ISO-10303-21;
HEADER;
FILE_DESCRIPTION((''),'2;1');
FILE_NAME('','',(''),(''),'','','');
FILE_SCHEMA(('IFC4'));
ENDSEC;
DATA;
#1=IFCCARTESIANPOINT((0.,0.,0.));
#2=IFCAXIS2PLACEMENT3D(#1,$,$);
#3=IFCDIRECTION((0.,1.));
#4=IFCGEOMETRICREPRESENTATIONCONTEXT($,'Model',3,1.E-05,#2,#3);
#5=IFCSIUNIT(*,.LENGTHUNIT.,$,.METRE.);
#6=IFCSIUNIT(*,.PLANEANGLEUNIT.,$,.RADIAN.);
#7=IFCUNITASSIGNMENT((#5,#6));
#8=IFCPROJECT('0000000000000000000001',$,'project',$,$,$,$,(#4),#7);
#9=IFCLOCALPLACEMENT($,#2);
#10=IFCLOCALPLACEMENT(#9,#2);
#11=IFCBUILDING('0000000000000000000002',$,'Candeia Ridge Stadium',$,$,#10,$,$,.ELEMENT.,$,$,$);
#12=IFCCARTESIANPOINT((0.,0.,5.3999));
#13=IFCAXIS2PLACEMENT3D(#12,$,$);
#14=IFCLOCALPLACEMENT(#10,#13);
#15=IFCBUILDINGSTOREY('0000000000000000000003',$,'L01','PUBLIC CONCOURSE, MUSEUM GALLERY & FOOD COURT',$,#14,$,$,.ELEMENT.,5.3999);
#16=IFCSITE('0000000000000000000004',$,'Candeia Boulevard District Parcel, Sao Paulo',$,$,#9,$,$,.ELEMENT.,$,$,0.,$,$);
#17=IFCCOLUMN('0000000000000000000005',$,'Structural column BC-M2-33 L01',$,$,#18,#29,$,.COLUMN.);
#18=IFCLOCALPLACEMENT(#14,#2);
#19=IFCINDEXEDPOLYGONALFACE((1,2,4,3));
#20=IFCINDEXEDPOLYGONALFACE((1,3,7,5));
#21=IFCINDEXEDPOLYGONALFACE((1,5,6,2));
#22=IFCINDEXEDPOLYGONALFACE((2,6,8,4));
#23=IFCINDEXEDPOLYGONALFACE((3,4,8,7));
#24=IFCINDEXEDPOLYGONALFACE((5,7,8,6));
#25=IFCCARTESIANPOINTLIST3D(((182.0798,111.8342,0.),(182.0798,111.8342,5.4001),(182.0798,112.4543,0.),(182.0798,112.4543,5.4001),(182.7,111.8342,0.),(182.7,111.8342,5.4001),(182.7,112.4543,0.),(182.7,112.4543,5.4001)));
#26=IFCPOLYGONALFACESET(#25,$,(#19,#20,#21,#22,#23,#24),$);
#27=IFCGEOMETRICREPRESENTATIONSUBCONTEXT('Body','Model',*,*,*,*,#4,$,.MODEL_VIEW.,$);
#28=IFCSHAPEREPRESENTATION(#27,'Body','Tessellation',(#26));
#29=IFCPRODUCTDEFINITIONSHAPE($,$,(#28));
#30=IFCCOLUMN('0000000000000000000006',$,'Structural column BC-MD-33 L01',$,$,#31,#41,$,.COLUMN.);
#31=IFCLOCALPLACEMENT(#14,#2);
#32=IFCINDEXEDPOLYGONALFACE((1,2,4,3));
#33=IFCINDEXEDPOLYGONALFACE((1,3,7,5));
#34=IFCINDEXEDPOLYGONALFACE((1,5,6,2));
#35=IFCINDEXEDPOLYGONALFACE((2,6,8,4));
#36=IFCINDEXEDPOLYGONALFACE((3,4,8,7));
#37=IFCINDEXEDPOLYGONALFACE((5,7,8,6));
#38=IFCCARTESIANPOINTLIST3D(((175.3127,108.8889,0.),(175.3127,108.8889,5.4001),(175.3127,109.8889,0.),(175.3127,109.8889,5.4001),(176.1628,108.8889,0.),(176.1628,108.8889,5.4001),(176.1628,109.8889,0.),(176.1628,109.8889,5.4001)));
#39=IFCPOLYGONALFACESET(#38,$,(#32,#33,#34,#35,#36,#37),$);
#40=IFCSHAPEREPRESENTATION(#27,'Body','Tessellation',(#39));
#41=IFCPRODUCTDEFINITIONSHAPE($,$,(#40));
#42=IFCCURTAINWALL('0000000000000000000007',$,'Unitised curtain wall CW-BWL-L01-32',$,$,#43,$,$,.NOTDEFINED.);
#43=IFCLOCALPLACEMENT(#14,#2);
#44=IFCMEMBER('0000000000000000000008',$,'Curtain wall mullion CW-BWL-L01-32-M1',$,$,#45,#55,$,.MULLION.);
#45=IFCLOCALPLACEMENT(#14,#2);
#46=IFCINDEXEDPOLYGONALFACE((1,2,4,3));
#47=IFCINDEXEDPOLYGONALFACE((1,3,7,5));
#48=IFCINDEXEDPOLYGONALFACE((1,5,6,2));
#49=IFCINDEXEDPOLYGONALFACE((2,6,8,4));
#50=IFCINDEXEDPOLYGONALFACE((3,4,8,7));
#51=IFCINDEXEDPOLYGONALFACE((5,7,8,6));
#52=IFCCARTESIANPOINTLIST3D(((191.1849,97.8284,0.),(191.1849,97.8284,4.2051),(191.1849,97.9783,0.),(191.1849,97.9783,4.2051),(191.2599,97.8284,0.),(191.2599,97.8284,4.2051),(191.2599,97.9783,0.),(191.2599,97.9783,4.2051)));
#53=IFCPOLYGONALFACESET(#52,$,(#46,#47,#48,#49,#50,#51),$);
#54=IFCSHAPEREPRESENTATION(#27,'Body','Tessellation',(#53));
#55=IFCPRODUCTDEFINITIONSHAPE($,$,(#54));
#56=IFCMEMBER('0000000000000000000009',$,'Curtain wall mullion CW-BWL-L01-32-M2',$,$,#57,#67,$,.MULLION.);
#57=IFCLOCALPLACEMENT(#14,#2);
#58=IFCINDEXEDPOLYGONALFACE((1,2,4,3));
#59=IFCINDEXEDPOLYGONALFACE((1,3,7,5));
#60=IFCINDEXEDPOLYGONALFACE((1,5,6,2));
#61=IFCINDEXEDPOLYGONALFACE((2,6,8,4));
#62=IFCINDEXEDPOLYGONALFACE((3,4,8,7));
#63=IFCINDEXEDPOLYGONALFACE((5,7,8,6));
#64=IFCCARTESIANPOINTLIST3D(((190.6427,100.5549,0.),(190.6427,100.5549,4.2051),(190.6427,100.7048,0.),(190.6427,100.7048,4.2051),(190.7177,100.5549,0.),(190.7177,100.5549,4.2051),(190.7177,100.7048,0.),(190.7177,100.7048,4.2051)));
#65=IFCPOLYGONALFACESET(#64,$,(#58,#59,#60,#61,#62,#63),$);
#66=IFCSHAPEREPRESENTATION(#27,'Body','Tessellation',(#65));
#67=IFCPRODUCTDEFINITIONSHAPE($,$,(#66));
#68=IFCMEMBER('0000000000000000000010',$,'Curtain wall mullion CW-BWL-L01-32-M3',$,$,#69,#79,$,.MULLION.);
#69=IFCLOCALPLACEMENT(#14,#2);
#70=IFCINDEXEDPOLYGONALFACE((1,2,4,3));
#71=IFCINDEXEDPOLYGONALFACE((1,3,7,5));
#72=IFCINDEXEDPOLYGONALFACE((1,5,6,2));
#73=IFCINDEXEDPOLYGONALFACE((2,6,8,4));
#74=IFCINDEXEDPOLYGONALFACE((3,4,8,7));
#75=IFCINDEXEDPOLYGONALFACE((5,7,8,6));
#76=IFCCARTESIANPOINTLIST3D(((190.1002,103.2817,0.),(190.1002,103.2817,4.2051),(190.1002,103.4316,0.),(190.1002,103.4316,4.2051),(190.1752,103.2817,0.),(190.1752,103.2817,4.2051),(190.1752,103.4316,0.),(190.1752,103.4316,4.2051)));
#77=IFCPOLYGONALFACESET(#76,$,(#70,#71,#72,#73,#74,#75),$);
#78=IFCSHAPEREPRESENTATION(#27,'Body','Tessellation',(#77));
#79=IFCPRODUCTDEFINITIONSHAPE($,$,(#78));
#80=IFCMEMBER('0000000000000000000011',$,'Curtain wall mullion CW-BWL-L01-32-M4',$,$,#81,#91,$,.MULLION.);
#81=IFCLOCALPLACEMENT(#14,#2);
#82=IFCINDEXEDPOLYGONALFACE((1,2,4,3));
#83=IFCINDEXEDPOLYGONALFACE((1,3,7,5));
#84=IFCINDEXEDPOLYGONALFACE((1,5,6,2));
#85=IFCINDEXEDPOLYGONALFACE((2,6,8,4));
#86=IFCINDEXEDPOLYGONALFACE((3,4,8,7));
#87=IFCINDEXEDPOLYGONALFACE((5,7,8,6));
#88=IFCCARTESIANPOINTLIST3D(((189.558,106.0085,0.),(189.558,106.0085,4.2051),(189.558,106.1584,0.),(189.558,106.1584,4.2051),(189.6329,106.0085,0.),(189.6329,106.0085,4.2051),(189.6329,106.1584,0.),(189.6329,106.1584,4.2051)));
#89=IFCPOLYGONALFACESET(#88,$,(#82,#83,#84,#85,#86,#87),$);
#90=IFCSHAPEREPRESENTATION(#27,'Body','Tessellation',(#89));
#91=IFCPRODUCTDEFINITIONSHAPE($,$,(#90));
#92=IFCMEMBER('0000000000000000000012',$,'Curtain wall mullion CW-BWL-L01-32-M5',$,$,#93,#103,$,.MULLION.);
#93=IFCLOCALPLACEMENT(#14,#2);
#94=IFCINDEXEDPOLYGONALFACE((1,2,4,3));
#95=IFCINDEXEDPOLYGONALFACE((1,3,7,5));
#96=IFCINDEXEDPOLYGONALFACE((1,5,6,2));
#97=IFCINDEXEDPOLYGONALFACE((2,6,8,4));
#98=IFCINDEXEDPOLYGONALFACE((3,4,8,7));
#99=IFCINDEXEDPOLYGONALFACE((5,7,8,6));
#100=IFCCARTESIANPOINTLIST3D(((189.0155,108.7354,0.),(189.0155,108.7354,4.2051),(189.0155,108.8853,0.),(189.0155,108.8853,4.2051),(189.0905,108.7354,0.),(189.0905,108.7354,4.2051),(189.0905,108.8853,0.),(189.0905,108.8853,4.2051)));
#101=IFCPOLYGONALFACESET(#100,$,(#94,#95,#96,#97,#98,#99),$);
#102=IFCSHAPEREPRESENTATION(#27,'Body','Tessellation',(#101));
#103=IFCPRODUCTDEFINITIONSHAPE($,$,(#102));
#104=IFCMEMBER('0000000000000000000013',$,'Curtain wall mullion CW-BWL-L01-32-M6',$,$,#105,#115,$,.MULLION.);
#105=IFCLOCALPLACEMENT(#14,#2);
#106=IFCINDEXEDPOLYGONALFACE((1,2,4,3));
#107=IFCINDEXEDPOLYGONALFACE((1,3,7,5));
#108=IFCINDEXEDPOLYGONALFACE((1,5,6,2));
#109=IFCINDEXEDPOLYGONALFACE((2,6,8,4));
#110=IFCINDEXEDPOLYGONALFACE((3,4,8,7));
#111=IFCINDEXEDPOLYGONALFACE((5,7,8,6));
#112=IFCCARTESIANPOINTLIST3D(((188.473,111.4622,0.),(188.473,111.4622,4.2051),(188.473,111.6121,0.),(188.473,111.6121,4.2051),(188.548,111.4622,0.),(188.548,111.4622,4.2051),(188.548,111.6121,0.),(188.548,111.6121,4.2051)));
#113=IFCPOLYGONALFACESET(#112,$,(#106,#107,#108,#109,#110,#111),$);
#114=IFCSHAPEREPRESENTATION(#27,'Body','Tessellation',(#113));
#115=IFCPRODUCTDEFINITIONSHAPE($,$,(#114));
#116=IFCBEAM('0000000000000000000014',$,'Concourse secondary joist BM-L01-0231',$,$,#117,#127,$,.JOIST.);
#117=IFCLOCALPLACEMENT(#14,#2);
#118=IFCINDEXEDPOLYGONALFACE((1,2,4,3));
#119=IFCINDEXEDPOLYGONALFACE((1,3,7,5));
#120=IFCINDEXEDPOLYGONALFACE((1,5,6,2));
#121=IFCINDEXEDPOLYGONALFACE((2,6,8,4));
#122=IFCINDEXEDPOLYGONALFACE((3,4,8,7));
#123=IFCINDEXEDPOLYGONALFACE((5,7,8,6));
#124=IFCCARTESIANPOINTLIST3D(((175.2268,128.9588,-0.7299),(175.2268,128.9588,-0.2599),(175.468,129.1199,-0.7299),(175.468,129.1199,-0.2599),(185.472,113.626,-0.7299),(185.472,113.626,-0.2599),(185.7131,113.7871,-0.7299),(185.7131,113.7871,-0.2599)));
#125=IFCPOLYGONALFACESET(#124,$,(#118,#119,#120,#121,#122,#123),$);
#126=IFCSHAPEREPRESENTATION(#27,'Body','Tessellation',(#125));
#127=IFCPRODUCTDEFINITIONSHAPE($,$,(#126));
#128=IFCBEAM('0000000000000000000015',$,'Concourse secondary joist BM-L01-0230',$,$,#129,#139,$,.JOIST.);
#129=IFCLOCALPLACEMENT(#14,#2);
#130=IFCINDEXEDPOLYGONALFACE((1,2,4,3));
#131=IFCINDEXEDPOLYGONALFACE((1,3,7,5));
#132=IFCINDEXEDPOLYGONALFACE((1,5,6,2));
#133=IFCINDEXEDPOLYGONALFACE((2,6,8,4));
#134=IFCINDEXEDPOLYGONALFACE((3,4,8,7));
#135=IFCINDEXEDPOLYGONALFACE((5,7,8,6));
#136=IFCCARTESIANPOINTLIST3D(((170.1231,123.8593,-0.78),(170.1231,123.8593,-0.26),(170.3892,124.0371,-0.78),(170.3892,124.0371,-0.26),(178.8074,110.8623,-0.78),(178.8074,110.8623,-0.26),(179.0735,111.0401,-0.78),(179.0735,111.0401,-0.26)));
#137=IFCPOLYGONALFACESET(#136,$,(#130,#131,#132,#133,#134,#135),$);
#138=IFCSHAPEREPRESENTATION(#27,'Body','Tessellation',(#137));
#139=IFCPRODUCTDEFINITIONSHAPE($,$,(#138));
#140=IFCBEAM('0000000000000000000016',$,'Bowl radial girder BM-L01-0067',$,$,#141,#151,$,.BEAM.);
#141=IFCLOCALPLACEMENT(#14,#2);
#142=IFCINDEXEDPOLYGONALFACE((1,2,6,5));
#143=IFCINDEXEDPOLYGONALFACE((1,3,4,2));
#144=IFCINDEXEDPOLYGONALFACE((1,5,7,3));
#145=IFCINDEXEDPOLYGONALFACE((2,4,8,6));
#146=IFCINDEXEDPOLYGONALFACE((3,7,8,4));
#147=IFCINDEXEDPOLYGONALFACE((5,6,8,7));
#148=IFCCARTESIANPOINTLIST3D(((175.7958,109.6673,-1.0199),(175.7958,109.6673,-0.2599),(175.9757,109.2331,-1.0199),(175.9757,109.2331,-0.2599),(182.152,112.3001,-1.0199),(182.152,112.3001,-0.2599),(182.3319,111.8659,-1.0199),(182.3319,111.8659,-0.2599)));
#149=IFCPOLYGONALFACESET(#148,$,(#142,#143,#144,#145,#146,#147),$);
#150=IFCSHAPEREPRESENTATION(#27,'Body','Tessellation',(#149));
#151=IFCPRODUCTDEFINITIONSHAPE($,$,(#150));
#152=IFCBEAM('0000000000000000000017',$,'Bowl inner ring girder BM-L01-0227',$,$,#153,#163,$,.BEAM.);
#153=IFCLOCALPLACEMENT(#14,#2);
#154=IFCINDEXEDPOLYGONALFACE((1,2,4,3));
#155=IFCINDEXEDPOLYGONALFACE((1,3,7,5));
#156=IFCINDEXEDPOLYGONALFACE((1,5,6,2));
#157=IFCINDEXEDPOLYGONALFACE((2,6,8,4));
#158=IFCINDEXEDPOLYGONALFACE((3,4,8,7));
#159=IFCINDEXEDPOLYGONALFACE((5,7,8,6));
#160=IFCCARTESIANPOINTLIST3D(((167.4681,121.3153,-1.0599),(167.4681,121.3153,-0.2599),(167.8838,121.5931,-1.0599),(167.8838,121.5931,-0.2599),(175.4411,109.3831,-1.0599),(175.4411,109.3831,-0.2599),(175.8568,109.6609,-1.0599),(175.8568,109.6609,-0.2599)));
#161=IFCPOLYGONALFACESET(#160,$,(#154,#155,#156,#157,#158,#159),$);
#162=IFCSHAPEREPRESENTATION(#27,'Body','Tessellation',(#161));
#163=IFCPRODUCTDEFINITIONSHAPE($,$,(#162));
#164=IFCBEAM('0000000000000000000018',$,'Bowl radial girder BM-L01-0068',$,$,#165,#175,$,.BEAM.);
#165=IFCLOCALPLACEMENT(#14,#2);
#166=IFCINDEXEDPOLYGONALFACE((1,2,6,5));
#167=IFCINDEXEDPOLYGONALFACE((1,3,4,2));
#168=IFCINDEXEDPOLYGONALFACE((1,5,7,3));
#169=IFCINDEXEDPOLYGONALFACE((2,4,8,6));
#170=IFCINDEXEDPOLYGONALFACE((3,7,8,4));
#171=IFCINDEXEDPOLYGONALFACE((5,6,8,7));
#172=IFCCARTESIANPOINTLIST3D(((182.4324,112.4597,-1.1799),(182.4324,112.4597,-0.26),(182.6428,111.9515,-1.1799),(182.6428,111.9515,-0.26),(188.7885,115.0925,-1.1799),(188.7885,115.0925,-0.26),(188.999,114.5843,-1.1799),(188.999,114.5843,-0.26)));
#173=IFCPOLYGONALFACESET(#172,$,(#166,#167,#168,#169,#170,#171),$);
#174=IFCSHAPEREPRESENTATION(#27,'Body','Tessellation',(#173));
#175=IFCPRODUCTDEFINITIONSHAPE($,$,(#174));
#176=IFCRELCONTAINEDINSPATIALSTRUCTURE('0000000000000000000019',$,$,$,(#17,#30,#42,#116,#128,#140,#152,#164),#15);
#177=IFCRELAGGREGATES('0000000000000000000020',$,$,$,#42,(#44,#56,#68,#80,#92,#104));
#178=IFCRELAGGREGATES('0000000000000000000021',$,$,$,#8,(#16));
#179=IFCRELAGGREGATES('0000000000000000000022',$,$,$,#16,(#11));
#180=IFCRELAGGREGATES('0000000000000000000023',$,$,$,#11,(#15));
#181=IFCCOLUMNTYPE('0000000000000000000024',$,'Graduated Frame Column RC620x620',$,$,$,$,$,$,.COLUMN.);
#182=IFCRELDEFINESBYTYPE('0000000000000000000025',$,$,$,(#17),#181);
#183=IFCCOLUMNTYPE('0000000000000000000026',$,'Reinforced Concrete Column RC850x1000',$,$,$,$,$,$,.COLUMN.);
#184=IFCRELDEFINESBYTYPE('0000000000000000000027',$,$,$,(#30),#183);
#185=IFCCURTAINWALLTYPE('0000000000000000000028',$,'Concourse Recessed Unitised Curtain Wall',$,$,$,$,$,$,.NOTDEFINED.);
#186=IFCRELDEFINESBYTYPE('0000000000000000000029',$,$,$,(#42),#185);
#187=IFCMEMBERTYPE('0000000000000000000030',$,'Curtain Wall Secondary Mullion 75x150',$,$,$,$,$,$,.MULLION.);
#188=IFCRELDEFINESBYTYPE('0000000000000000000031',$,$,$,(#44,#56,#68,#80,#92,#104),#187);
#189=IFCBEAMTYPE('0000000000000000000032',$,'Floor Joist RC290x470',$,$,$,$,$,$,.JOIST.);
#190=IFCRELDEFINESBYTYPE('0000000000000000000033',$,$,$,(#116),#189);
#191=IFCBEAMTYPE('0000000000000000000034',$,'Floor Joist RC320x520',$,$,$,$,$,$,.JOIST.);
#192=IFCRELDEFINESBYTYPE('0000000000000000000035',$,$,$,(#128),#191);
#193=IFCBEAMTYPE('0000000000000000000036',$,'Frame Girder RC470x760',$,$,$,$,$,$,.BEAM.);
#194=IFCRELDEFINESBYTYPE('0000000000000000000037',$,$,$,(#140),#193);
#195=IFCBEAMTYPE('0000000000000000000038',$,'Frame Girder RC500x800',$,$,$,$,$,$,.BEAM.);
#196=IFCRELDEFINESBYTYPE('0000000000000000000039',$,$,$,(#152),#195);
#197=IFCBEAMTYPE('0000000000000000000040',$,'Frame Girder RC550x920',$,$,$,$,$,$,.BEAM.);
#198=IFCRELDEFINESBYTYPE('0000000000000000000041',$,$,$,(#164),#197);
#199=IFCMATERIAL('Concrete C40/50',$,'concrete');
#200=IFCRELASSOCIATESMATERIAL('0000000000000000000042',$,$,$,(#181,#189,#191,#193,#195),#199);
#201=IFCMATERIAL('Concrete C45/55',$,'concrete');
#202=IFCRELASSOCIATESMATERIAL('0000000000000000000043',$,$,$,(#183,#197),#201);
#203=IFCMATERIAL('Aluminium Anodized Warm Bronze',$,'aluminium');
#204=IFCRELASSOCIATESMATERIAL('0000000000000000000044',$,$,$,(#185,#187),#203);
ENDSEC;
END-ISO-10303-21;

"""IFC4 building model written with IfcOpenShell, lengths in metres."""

from ifc_helpers import new_model, si_unit, direction, frame, origin, origin_2d, place, context, subcontext, project, spatial, rectangle, extrude, material, material_profile, profile_set, type_object, element, aggregate, save


model = new_model("IFC4")

# Units and contexts
model_context = context("Model", 3, precision=1e-05, world=origin(), true_north=direction((0.0, 1.0)))
body_context = subcontext(model_context, "Body", "Model", "MODEL_VIEW")
ifc_project = project(units=[si_unit("LENGTHUNIT", "METRE"), si_unit("PLANEANGLEUNIT", "RADIAN")], contexts=[model_context])

# Site, building, storey
site_placement = place(None, origin())
site = spatial("IfcSite", under=ifc_project, at=site_placement, Name="Candeia Boulevard District Parcel, Sao Paulo", CompositionType="ELEMENT", RefElevation=0.0)
building_placement = place(site_placement, origin())
building = spatial("IfcBuilding", under=site, at=building_placement, Name="Candeia Ridge Stadium", CompositionType="ELEMENT")
storey_placement = place(building_placement, frame((0.0, 0.0, 5.3999)))
storey = spatial("IfcBuildingStorey", under=building, at=storey_placement, Name="L01", Description="PUBLIC CONCOURSE, MUSEUM GALLERY & FOOD COURT", CompositionType="ELEMENT", Elevation=5.3999)

# Columns
ifc_material_1 = material(Name="Concrete C40/50", Category="concrete")
ifc_material_profile_1 = material_profile(ifc_material_1, rectangle(XDim=0.6201, YDim=0.6201, at=origin_2d()), Name="RC620x620", Category="concrete")
ifc_profile_set_1 = profile_set([ifc_material_profile_1], Name="Concrete C40/50")
column_type_1 = type_object("IfcColumnType", Name="Graduated Frame Column RC620x620", PredefinedType="COLUMN", material=ifc_profile_set_1)
column_1_placement = place(storey_placement, frame((182.3899, 112.1443, 0.0), z_axis=(0.0, 0.0, 1.0), x_axis=(1.0, 0.0, 0.0)))
element("IfcColumn", 1, at=column_1_placement, inside=storey, type_object=column_type_1, Name="Structural column BC-M2-33 L01", PredefinedType="COLUMN", context=body_context, shape_type="SweptSolid", body=[
    extrude(rectangle(XDim=0.6201, YDim=0.6201, at=origin_2d()), origin(), (0.0, 0.0, 1.0), 5.4001),
])
ifc_material_2 = material(Name="Concrete C45/55", Category="concrete")
ifc_material_profile_2 = material_profile(ifc_material_2, rectangle(XDim=0.8501, YDim=1.0, at=origin_2d()), Name="RC850x1000", Category="concrete")
ifc_profile_set_2 = profile_set([ifc_material_profile_2], Name="Concrete C45/55")
column_type_2 = type_object("IfcColumnType", Name="Reinforced Concrete Column RC850x1000", PredefinedType="COLUMN", material=ifc_profile_set_2)
column_2_placement = place(storey_placement, frame((175.7378, 109.3889, 0.0), z_axis=(0.0, 0.0, 1.0), x_axis=(1.0, 0.0, 0.0)))
element("IfcColumn", 2, at=column_2_placement, inside=storey, type_object=column_type_2, Name="Structural column BC-MD-33 L01", PredefinedType="COLUMN", context=body_context, shape_type="SweptSolid", body=[
    extrude(rectangle(XDim=0.8501, YDim=1.0, at=origin_2d()), origin(), (0.0, 0.0, 1.0), 5.4001),
])

# Curtain wall, members
ifc_material_3 = material(Name="Aluminium Anodized Warm Bronze", Category="aluminium")
curtain_wall_type = type_object("IfcCurtainWallType", Name="Concourse Recessed Unitised Curtain Wall", PredefinedType="NOTDEFINED", material=ifc_material_3)
curtain_wall_placement = place(storey_placement, origin())
curtain_wall = element("IfcCurtainWall", 3, at=curtain_wall_placement, inside=storey, type_object=curtain_wall_type, Name="Unitised curtain wall CW-BWL-L01-32", PredefinedType="NOTDEFINED")
ifc_material_profile_3 = material_profile(ifc_material_3, rectangle(XDim=0.075, YDim=0.1499, at=origin_2d()), Name="CWM-75x150", Category="aluminium")
ifc_profile_set_3 = profile_set([ifc_material_profile_3], Name="Aluminium Anodized Warm Bronze")
member_type = type_object("IfcMemberType", Name="Curtain Wall Secondary Mullion 75x150", PredefinedType="MULLION", material=ifc_profile_set_3)
member_1_placement = place(storey_placement, frame((191.2224, 97.9033, 0.0), z_axis=(0.0, 0.0, 1.0), x_axis=(1.0, 0.0, 0.0)))
member_1 = element("IfcMember", 4, at=member_1_placement, type_object=member_type, Name="Curtain wall mullion CW-BWL-L01-32-M1", PredefinedType="MULLION", context=body_context, shape_type="SweptSolid", body=[
    extrude(rectangle(XDim=0.075, YDim=0.1499, at=origin_2d()), origin(), (0.0, 0.0, 1.0), 4.2051),
])
member_2_placement = place(storey_placement, frame((190.6802, 100.6299, 0.0), z_axis=(0.0, 0.0, 1.0), x_axis=(1.0, 0.0, 0.0)))
member_2 = element("IfcMember", 5, at=member_2_placement, type_object=member_type, Name="Curtain wall mullion CW-BWL-L01-32-M2", PredefinedType="MULLION", context=body_context, shape_type="SweptSolid", body=[
    extrude(rectangle(XDim=0.075, YDim=0.1499, at=origin_2d()), origin(), (0.0, 0.0, 1.0), 4.2051),
])
member_3_placement = place(storey_placement, frame((190.1377, 103.3567, 0.0), z_axis=(0.0, 0.0, 1.0), x_axis=(1.0, 0.0, 0.0)))
member_3 = element("IfcMember", 6, at=member_3_placement, type_object=member_type, Name="Curtain wall mullion CW-BWL-L01-32-M3", PredefinedType="MULLION", context=body_context, shape_type="SweptSolid", body=[
    extrude(rectangle(XDim=0.075, YDim=0.1499, at=origin_2d()), origin(), (0.0, 0.0, 1.0), 4.2051),
])
member_4_placement = place(storey_placement, frame((189.5955, 106.0835, 0.0), z_axis=(0.0, 0.0, 1.0), x_axis=(1.0, 0.0, 0.0)))
member_4 = element("IfcMember", 7, at=member_4_placement, type_object=member_type, Name="Curtain wall mullion CW-BWL-L01-32-M4", PredefinedType="MULLION", context=body_context, shape_type="SweptSolid", body=[
    extrude(rectangle(XDim=0.075, YDim=0.1499, at=origin_2d()), origin(), (0.0, 0.0, 1.0), 4.2051),
])
member_5_placement = place(storey_placement, frame((189.053, 108.8103, 0.0), z_axis=(0.0, 0.0, 1.0), x_axis=(1.0, 0.0, 0.0)))
member_5 = element("IfcMember", 8, at=member_5_placement, type_object=member_type, Name="Curtain wall mullion CW-BWL-L01-32-M5", PredefinedType="MULLION", context=body_context, shape_type="SweptSolid", body=[
    extrude(rectangle(XDim=0.075, YDim=0.1499, at=origin_2d()), origin(), (0.0, 0.0, 1.0), 4.2051),
])
member_6_placement = place(storey_placement, frame((188.5105, 111.5371, 0.0), z_axis=(0.0, 0.0, 1.0), x_axis=(1.0, 0.0, 0.0)))
member_6 = element("IfcMember", 9, at=member_6_placement, type_object=member_type, Name="Curtain wall mullion CW-BWL-L01-32-M6", PredefinedType="MULLION", context=body_context, shape_type="SweptSolid", body=[
    extrude(rectangle(XDim=0.075, YDim=0.1499, at=origin_2d()), origin(), (0.0, 0.0, 1.0), 4.2051),
])

# Beams
ifc_material_profile_4 = material_profile(ifc_material_1, rectangle(XDim=0.29, YDim=0.47, at=origin_2d()), Name="RC290x470", Category="concrete")
ifc_profile_set_4 = profile_set([ifc_material_profile_4], Name="Concrete C40/50")
beam_type_1 = type_object("IfcBeamType", Name="Floor Joist RC290x470", PredefinedType="JOIST", material=ifc_profile_set_4)
beam_1_placement = place(storey_placement, frame((185.5925, 113.7065, -0.4949), z_axis=(-0.555574, 0.831467, 0.0), x_axis=(-0.831467, -0.555574, 0.0)))
element("IfcBeam", 10, at=beam_1_placement, inside=storey, type_object=beam_type_1, Name="Concourse secondary joist BM-L01-0231", PredefinedType="JOIST", context=body_context, shape_type="SweptSolid", body=[
    extrude(rectangle(XDim=0.29, YDim=0.47, at=origin_2d()), origin(), (0.0, 0.0, 1.0), 18.4407),
])
ifc_material_profile_5 = material_profile(ifc_material_1, rectangle(XDim=0.3201, YDim=0.52, at=origin_2d()), Name="RC320x520", Category="concrete")
ifc_profile_set_5 = profile_set([ifc_material_profile_5], Name="Concrete C40/50")
beam_type_2 = type_object("IfcBeamType", Name="Floor Joist RC320x520", PredefinedType="JOIST", material=ifc_profile_set_5)
beam_2_placement = place(storey_placement, frame((178.9404, 110.9512, -0.52), z_axis=(-0.555569, 0.831471, 0.0), x_axis=(-0.831471, -0.555569, 0.0)))
element("IfcBeam", 11, at=beam_2_placement, inside=storey, type_object=beam_type_2, Name="Concourse secondary joist BM-L01-0230", PredefinedType="JOIST", context=body_context, shape_type="SweptSolid", body=[
    extrude(rectangle(XDim=0.3201, YDim=0.52, at=origin_2d()), origin(), (0.0, 0.0, 1.0), 15.6313),
])
ifc_material_profile_6 = material_profile(ifc_material_1, rectangle(XDim=0.47, YDim=0.76, at=origin_2d()), Name="RC470x760", Category="concrete")
ifc_profile_set_6 = profile_set([ifc_material_profile_6], Name="Concrete C40/50")
beam_type_3 = type_object("IfcBeamType", Name="Frame Girder RC470x760", PredefinedType="BEAM", material=ifc_profile_set_6)
beam_3_placement = place(storey_placement, frame((175.8857, 109.4502, -0.6399), z_axis=(0.92388, 0.382682, 0.0), x_axis=(-0.382682, 0.92388, 0.0)))
element("IfcBeam", 12, at=beam_3_placement, inside=storey, type_object=beam_type_3, Name="Bowl radial girder BM-L01-0067", PredefinedType="BEAM", context=body_context, shape_type="SweptSolid", body=[
    extrude(rectangle(XDim=0.47, YDim=0.76, at=origin_2d()), origin(), (0.0, 0.0, 1.0), 6.8799),
])
ifc_material_profile_7 = material_profile(ifc_material_1, rectangle(XDim=0.5, YDim=0.8, at=origin_2d()), Name="RC500x800", Category="concrete")
ifc_profile_set_7 = profile_set([ifc_material_profile_7], Name="Concrete C40/50")
beam_type_4 = type_object("IfcBeamType", Name="Frame Girder RC500x800", PredefinedType="BEAM", material=ifc_profile_set_7)
beam_4_placement = place(storey_placement, frame((175.6489, 109.522, -0.6599), z_axis=(-0.555575, 0.831466, 0.0), x_axis=(-0.831466, -0.555575, 0.0)))
element("IfcBeam", 13, at=beam_4_placement, inside=storey, type_object=beam_type_4, Name="Bowl inner ring girder BM-L01-0227", PredefinedType="BEAM", context=body_context, shape_type="SweptSolid", body=[
    extrude(rectangle(XDim=0.5, YDim=0.8, at=origin_2d()), origin(), (0.0, 0.0, 1.0), 14.3508),
])
ifc_material_profile_8 = material_profile(ifc_material_2, rectangle(XDim=0.55, YDim=0.9199, at=origin_2d()), Name="RC550x920", Category="concrete")
ifc_profile_set_8 = profile_set([ifc_material_profile_8], Name="Concrete C45/55")
beam_type_5 = type_object("IfcBeamType", Name="Frame Girder RC550x920", PredefinedType="BEAM", material=ifc_profile_set_8)
beam_5_placement = place(storey_placement, frame((182.5376, 112.2056, -0.72), z_axis=(0.92388, 0.382682, 0.0), x_axis=(-0.382682, 0.92388, 0.0)))
element("IfcBeam", 14, at=beam_5_placement, inside=storey, type_object=beam_type_5, Name="Bowl radial girder BM-L01-0068", PredefinedType="BEAM", context=body_context, shape_type="SweptSolid", body=[
    extrude(rectangle(XDim=0.55, YDim=0.9199, at=origin_2d()), origin(), (0.0, 0.0, 1.0), 6.8799),
])

aggregate(curtain_wall, [member_1, member_2, member_3, member_4, member_5, member_6])

save(model, "model.ifc")
